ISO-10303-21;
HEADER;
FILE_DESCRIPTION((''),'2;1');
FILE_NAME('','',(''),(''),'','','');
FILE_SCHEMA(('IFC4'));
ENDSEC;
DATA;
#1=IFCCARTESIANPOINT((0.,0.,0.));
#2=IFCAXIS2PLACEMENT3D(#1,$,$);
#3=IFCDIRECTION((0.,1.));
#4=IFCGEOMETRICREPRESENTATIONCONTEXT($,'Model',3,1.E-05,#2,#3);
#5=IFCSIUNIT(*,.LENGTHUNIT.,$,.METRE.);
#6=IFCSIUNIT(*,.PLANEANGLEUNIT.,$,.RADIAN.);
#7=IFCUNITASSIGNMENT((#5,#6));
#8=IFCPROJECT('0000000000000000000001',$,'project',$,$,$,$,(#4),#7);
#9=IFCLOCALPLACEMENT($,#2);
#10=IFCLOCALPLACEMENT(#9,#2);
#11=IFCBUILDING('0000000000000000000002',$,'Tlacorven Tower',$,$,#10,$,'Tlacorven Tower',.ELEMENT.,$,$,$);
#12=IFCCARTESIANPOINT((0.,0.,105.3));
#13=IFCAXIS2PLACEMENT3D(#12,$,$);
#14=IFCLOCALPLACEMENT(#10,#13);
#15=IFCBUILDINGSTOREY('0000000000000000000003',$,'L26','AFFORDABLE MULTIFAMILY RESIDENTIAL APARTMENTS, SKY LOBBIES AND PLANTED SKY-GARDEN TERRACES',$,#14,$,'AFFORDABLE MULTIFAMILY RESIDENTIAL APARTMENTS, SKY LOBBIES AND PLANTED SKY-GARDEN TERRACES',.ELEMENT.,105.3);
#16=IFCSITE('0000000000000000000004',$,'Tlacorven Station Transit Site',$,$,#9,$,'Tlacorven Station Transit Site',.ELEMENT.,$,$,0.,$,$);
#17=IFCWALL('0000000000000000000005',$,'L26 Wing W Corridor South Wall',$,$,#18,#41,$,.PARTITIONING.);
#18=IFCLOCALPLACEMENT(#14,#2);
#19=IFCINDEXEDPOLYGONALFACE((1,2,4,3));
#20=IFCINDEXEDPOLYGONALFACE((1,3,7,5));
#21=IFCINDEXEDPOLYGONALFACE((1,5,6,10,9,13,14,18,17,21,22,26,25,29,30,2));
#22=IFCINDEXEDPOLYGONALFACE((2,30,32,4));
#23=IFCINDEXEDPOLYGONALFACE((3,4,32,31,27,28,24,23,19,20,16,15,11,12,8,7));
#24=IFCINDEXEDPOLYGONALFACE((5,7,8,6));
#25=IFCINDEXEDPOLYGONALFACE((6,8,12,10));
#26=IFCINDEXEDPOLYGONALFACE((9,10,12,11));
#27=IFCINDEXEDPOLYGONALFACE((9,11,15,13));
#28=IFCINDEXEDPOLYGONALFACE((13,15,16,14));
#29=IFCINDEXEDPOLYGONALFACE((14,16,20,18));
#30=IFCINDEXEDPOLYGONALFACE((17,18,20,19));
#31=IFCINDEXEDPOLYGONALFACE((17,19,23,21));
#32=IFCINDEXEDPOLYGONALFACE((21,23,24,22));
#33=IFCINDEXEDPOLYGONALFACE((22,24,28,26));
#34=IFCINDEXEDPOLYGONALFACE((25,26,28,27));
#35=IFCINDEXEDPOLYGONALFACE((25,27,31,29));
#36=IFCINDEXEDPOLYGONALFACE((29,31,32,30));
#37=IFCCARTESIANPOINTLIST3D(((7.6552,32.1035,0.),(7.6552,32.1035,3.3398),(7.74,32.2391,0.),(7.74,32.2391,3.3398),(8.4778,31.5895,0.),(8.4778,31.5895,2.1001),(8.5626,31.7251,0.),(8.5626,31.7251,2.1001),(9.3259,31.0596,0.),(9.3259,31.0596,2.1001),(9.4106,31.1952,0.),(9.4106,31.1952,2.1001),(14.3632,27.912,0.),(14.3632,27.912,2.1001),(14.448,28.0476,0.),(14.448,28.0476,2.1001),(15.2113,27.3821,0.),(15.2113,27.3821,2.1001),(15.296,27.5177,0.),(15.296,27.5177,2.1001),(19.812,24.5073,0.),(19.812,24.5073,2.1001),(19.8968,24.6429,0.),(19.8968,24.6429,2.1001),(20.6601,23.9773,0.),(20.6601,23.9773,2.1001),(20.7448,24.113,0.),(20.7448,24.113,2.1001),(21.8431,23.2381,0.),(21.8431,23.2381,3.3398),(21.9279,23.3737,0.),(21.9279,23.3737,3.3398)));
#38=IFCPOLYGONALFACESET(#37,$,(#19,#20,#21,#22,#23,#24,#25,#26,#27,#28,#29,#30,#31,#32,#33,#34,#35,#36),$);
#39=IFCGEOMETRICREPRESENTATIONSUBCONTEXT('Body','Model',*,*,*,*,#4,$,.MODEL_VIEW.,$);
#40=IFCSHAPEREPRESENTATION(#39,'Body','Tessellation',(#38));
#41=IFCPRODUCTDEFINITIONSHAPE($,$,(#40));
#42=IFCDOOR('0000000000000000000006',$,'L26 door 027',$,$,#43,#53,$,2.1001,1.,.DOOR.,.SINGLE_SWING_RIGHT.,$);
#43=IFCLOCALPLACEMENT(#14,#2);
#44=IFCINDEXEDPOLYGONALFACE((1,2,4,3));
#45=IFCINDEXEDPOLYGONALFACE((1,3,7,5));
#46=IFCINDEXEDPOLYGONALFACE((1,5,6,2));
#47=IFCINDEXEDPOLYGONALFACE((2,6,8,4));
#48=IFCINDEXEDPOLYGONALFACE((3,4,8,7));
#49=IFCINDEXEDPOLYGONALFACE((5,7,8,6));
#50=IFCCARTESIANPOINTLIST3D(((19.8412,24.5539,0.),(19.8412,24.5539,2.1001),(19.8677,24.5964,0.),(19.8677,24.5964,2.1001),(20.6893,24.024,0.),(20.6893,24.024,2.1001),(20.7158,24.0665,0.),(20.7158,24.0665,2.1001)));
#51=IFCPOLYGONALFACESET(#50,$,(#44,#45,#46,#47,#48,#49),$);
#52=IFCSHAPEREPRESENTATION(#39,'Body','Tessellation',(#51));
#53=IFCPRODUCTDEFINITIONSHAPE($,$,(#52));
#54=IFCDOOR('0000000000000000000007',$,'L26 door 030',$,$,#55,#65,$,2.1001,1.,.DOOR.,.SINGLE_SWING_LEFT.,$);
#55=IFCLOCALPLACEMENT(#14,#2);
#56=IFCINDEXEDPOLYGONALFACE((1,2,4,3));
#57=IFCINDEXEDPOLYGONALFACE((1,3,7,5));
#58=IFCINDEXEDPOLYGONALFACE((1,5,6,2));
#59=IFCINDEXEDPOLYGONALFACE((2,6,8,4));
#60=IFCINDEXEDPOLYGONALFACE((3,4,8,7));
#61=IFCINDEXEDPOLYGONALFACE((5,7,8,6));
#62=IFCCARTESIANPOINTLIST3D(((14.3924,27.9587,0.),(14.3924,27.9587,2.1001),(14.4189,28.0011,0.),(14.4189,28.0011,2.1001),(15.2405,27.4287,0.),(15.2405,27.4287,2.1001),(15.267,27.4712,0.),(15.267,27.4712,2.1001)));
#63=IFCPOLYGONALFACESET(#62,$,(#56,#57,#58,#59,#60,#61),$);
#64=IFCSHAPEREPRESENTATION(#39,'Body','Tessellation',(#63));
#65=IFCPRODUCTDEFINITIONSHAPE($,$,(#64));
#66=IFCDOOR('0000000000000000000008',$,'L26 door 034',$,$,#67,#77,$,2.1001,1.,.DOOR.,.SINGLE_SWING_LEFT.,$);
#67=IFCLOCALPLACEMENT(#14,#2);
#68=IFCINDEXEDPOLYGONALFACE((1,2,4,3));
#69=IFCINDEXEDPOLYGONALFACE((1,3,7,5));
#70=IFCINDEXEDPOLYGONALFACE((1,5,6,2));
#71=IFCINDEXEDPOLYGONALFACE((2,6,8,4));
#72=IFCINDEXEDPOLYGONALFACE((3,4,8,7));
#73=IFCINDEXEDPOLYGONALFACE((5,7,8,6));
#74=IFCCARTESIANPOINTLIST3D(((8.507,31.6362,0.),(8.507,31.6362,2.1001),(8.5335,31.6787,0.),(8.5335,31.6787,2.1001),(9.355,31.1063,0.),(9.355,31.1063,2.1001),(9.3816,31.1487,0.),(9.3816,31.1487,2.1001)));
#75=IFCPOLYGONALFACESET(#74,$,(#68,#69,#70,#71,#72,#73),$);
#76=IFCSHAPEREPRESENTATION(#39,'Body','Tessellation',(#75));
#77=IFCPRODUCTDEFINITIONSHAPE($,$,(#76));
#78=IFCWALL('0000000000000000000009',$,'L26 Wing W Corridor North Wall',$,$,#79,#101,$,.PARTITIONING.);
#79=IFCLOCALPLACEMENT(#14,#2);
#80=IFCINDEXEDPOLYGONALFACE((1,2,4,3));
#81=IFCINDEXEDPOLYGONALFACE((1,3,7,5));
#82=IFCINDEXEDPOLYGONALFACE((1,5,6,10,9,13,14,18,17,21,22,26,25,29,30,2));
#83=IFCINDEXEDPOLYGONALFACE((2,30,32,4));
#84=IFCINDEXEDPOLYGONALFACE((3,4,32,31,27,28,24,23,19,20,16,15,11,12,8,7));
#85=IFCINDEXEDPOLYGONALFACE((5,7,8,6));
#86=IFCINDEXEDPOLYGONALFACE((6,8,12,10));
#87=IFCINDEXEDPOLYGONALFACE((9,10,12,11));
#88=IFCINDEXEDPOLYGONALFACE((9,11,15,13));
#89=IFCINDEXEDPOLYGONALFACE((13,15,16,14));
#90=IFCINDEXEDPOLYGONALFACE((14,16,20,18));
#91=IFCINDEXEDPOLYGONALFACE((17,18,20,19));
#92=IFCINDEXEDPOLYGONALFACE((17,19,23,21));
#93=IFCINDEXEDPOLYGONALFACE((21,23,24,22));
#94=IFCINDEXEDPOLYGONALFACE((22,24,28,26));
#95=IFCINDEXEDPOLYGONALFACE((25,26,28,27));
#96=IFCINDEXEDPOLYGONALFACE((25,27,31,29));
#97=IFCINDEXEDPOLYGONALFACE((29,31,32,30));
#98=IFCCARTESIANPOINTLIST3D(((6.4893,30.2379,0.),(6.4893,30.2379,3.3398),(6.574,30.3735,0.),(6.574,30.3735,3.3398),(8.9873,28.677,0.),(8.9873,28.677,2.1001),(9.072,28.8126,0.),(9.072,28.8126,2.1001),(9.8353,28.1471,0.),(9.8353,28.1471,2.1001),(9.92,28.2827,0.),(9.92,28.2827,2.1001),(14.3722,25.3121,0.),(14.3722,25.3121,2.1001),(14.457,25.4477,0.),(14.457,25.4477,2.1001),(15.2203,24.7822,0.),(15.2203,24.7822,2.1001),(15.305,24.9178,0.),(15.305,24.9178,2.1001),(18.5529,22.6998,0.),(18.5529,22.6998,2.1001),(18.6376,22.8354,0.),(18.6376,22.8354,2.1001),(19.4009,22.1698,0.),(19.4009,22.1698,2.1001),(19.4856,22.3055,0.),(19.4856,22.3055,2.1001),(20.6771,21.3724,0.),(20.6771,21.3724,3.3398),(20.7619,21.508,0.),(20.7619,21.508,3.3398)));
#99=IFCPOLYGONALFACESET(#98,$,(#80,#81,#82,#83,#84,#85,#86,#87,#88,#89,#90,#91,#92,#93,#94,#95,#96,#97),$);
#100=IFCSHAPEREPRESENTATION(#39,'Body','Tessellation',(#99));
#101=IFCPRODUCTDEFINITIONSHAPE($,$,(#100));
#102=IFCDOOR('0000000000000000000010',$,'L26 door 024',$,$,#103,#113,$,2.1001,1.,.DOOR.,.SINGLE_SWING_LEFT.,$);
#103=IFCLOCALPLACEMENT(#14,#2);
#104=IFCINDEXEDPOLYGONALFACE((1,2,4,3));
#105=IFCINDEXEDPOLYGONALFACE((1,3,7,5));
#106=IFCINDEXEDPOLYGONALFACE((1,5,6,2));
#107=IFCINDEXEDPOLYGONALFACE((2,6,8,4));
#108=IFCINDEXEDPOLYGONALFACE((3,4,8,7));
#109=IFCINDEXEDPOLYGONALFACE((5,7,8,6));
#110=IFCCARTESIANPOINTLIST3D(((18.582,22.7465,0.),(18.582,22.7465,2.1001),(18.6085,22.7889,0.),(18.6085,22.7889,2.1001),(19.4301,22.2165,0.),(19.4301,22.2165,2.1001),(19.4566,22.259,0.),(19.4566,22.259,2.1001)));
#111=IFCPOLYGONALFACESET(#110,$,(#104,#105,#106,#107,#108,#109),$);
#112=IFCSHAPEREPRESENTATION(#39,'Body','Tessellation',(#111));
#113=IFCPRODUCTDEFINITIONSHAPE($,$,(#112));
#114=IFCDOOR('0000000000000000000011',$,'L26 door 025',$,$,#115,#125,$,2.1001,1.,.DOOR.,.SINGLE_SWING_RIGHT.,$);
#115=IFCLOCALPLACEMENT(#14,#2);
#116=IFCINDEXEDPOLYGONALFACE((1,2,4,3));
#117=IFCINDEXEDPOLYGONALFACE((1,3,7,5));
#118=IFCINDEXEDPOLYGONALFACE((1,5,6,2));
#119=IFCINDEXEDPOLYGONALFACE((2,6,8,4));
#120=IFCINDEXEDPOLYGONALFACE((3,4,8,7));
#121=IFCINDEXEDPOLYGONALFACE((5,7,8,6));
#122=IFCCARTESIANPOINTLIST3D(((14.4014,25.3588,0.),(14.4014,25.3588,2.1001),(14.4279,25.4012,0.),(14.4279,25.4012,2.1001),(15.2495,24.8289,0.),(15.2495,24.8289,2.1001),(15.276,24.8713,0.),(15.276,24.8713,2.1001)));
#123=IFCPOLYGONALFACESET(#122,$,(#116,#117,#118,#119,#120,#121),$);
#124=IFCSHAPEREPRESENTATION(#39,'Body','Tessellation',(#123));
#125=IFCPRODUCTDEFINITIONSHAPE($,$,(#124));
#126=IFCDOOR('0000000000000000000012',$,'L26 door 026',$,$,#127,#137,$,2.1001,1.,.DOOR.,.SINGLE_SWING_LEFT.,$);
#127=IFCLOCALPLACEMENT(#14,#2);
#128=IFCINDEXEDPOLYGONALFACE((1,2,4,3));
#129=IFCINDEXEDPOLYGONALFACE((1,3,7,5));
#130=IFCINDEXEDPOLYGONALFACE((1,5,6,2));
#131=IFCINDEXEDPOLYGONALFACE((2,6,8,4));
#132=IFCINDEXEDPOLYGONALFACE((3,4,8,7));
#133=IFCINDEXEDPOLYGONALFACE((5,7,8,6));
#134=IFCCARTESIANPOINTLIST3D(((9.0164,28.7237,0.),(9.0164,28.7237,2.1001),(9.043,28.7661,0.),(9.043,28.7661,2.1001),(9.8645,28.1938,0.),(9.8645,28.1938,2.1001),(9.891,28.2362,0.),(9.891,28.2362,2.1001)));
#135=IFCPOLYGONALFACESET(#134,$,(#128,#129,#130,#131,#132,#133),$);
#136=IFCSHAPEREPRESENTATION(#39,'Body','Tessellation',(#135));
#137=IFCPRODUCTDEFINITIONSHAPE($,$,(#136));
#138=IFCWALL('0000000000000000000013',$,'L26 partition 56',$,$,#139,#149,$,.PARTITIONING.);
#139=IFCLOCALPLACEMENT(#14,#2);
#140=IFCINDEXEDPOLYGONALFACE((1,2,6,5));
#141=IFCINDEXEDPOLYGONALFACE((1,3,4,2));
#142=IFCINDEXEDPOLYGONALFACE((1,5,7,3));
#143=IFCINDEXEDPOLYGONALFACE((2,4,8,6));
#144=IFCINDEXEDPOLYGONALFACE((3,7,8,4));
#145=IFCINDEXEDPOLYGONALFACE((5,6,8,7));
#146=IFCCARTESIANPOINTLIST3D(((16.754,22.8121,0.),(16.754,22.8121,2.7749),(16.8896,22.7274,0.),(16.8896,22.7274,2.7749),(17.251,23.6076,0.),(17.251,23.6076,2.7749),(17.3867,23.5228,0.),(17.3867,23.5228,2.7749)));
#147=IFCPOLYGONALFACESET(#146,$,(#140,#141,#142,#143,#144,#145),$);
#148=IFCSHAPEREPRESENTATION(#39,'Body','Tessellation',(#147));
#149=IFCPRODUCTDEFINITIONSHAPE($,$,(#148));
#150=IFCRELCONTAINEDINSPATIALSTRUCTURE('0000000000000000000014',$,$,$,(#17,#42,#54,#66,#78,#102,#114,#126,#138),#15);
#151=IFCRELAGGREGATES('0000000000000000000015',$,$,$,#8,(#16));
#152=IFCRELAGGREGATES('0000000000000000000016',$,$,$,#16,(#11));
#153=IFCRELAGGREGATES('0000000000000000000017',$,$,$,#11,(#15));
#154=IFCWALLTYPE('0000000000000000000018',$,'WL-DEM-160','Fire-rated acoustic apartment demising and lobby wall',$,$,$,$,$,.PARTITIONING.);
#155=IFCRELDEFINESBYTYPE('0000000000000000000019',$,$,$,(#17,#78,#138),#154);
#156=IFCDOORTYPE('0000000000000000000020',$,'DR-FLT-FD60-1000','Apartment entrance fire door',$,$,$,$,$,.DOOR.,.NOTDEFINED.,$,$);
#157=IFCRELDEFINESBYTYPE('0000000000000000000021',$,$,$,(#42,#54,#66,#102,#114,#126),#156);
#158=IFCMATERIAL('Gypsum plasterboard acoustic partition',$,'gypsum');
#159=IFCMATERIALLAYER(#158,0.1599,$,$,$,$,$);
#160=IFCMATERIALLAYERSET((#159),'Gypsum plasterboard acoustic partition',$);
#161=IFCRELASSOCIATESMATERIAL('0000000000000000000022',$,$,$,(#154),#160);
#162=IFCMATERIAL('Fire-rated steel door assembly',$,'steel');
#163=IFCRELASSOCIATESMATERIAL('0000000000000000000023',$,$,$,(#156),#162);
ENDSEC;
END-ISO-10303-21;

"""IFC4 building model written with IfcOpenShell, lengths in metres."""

from ifc_helpers import new_model, si_unit, direction, frame, frame_2d, origin, place, context, subcontext, project, spatial, rectangle, extrude, source, transform, mapped, material, layer, layer_set, type_object, element, fill, save


model = new_model("IFC4")

# Units and contexts
model_context = context("Model", 3, precision=1e-05, world=origin(), true_north=direction((0.0, 1.0)))
body_context = subcontext(model_context, "Body", "Model", "MODEL_VIEW")
ifc_project = project(units=[si_unit("LENGTHUNIT", "METRE"), si_unit("PLANEANGLEUNIT", "RADIAN")], contexts=[model_context])

# Site, building, storey
site_placement = place(None, origin())
site = spatial("IfcSite", under=ifc_project, at=site_placement, Name="Tlacorven Station Transit Site", LongName="Tlacorven Station Transit Site", CompositionType="ELEMENT", RefElevation=0.0)
building_placement = place(site_placement, origin())
building = spatial("IfcBuilding", under=site, at=building_placement, Name="Tlacorven Tower", LongName="Tlacorven Tower", CompositionType="ELEMENT")
storey_placement = place(building_placement, frame((0.0, 0.0, 105.3)))
storey = spatial("IfcBuildingStorey", under=building, at=storey_placement, Name="L26", Description="AFFORDABLE MULTIFAMILY RESIDENTIAL APARTMENTS, SKY LOBBIES AND PLANTED SKY-GARDEN TERRACES", LongName="AFFORDABLE MULTIFAMILY RESIDENTIAL APARTMENTS, SKY LOBBIES AND PLANTED SKY-GARDEN TERRACES", CompositionType="ELEMENT", Elevation=105.3)

# Shared definitions
ifc_material_1 = material(Name="Gypsum plasterboard acoustic partition", Category="gypsum")
ifc_layer_1 = layer(ifc_material_1, 0.1599)
ifc_layer_set_1 = layer_set([ifc_layer_1], Name="Gypsum plasterboard acoustic partition")
wall_type = type_object("IfcWallType", Name="WL-DEM-160", Description="Fire-rated acoustic apartment demising and lobby wall", PredefinedType="PARTITIONING", material=ifc_layer_set_1)

# Walls, openings, doors
wall_1_placement = place(storey_placement, frame((21.8855, 23.3059, 0.0), z_axis=(0.0, 0.0, 1.0), x_axis=(-0.848052, 0.529912, 0.0)))
wall_1 = element("IfcWall", 1, at=wall_1_placement, inside=storey, type_object=wall_type, Name="L26 Wing W Corridor South Wall", PredefinedType="PARTITIONING", context=body_context, shape_type="SweptSolid", body=[
    extrude(rectangle(XDim=16.73, YDim=0.1599, at=frame_2d((8.365, 0.0))), origin(), (0.0, 0.0, 1.0), 3.3398),
])
opening_1_placement = place(wall_1_placement, frame((1.395, 0.0, 0.0)))
opening_1 = element("IfcOpeningElement", 2, at=opening_1_placement, cuts=wall_1, PredefinedType="OPENING", context=body_context, shape_type="SweptSolid", body=[
    extrude(rectangle(XDim=1.0, YDim=2.1001, at=frame_2d((0.5, 1.05))), frame((0.0, 0.0898, 0.0), z_axis=(0.0, -1.0, 0.0), x_axis=(1.0, 0.0, 0.0)), (0.0, 0.0, 1.0), 0.1799),
])
opening_2_placement = place(wall_1_placement, frame((7.8201, 0.0, 0.0)))
opening_2 = element("IfcOpeningElement", 3, at=opening_2_placement, cuts=wall_1, PredefinedType="OPENING", context=body_context, shape_type="SweptSolid", body=[
    extrude(rectangle(XDim=1.0, YDim=2.1001, at=frame_2d((0.5, 1.05))), frame((0.0, 0.0898, 0.0), z_axis=(0.0, -1.0, 0.0), x_axis=(1.0, 0.0, 0.0)), (0.0, 0.0, 1.0), 0.1799),
])
opening_3_placement = place(wall_1_placement, frame((14.76, 0.0, 0.0)))
opening_3 = element("IfcOpeningElement", 4, at=opening_3_placement, cuts=wall_1, PredefinedType="OPENING", context=body_context, shape_type="SweptSolid", body=[
    extrude(rectangle(XDim=1.0, YDim=2.1001, at=frame_2d((0.5, 1.05))), frame((0.0, 0.0898, 0.0), z_axis=(0.0, -1.0, 0.0), x_axis=(1.0, 0.0, 0.0)), (0.0, 0.0, 1.0), 0.1799),
])
ifc_material_2 = material(Name="Fire-rated steel door assembly", Category="steel")
door_type = type_object("IfcDoorType", Name="DR-FLT-FD60-1000", Description="Apartment entrance fire door", OperationType="NOTDEFINED", PredefinedType="DOOR", material=ifc_material_2)
shared_shape_1 = source(origin(), body_context, "Body", "SweptSolid", [
    extrude(rectangle(XDim=1.0, YDim=2.1001, at=frame_2d((0.5, 1.05))), frame((0.0, 0.0249, 0.0), z_axis=(0.0, -1.0, 0.0), x_axis=(1.0, 0.0, 0.0)), (0.0, 0.0, 1.0), 0.05),
])
door_1_placement = place(opening_1_placement, origin())
door_1 = element("IfcDoor", 5, at=door_1_placement, inside=storey, type_object=door_type, Name="L26 door 027", OperationType="SINGLE_SWING_RIGHT", OverallHeight=2.1001, OverallWidth=1.0, PredefinedType="DOOR", context=body_context, shape_type="MappedRepresentation", body=[
    mapped(shared_shape_1, transform((0.0, 0.0, 0.0), scale=1.0)),
])
fill(opening_1, door_1)
door_2_placement = place(opening_2_placement, origin())
door_2 = element("IfcDoor", 6, at=door_2_placement, inside=storey, type_object=door_type, Name="L26 door 030", OperationType="SINGLE_SWING_LEFT", OverallHeight=2.1001, OverallWidth=1.0, PredefinedType="DOOR", context=body_context, shape_type="MappedRepresentation", body=[
    mapped(shared_shape_1, transform((0.0, 0.0, 0.0), scale=1.0)),
])
fill(opening_2, door_2)
door_3_placement = place(opening_3_placement, origin())
door_3 = element("IfcDoor", 7, at=door_3_placement, inside=storey, type_object=door_type, Name="L26 door 034", OperationType="SINGLE_SWING_LEFT", OverallHeight=2.1001, OverallWidth=1.0, PredefinedType="DOOR", context=body_context, shape_type="MappedRepresentation", body=[
    mapped(shared_shape_1, transform((0.0, 0.0, 0.0), scale=1.0)),
])
fill(opening_3, door_3)
wall_2_placement = place(storey_placement, frame((20.7195, 21.4402, 0.0), z_axis=(0.0, 0.0, 1.0), x_axis=(-0.848048, 0.529919, 0.0)))
wall_2 = element("IfcWall", 8, at=wall_2_placement, inside=storey, type_object=wall_type, Name="L26 Wing W Corridor North Wall", PredefinedType="PARTITIONING", context=body_context, shape_type="SweptSolid", body=[
    extrude(rectangle(XDim=16.73, YDim=0.1599, at=frame_2d((8.365, 0.0))), origin(), (0.0, 0.0, 1.0), 3.3398),
])
opening_4_placement = place(wall_2_placement, frame((1.5049, 0.0, 0.0)))
opening_4 = element("IfcOpeningElement", 9, at=opening_4_placement, cuts=wall_2, PredefinedType="OPENING", context=body_context, shape_type="SweptSolid", body=[
    extrude(rectangle(XDim=1.0, YDim=2.1001, at=frame_2d((0.5, 1.05))), frame((0.0, 0.0898, 0.0), z_axis=(0.0, -1.0, 0.0), x_axis=(1.0, 0.0, 0.0)), (0.0, 0.0, 1.0), 0.1799),
])
opening_5_placement = place(wall_2_placement, frame((6.4346, 0.0, 0.0)))
opening_5 = element("IfcOpeningElement", 10, at=opening_5_placement, cuts=wall_2, PredefinedType="OPENING", context=body_context, shape_type="SweptSolid", body=[
    extrude(rectangle(XDim=1.0, YDim=2.1001, at=frame_2d((0.5, 1.05))), frame((0.0, 0.0898, 0.0), z_axis=(0.0, -1.0, 0.0), x_axis=(1.0, 0.0, 0.0)), (0.0, 0.0, 1.0), 0.1799),
])
opening_6_placement = place(wall_2_placement, frame((12.7844, 0.0, 0.0)))
opening_6 = element("IfcOpeningElement", 11, at=opening_6_placement, cuts=wall_2, PredefinedType="OPENING", context=body_context, shape_type="SweptSolid", body=[
    extrude(rectangle(XDim=1.0, YDim=2.1001, at=frame_2d((0.5, 1.05))), frame((0.0, 0.0898, 0.0), z_axis=(0.0, -1.0, 0.0), x_axis=(1.0, 0.0, 0.0)), (0.0, 0.0, 1.0), 0.1799),
])
door_4_placement = place(opening_4_placement, origin())
door_4 = element("IfcDoor", 12, at=door_4_placement, inside=storey, type_object=door_type, Name="L26 door 024", OperationType="SINGLE_SWING_LEFT", OverallHeight=2.1001, OverallWidth=1.0, PredefinedType="DOOR", context=body_context, shape_type="MappedRepresentation", body=[
    mapped(shared_shape_1, transform((0.0, 0.0, 0.0), scale=1.0)),
])
fill(opening_4, door_4)
door_5_placement = place(opening_5_placement, origin())
door_5 = element("IfcDoor", 13, at=door_5_placement, inside=storey, type_object=door_type, Name="L26 door 025", OperationType="SINGLE_SWING_RIGHT", OverallHeight=2.1001, OverallWidth=1.0, PredefinedType="DOOR", context=body_context, shape_type="MappedRepresentation", body=[
    mapped(shared_shape_1, transform((0.0, 0.0, 0.0), scale=1.0)),
])
fill(opening_5, door_5)
door_6_placement = place(opening_6_placement, origin())
door_6 = element("IfcDoor", 14, at=door_6_placement, inside=storey, type_object=door_type, Name="L26 door 026", OperationType="SINGLE_SWING_LEFT", OverallHeight=2.1001, OverallWidth=1.0, PredefinedType="DOOR", context=body_context, shape_type="MappedRepresentation", body=[
    mapped(shared_shape_1, transform((0.0, 0.0, 0.0), scale=1.0)),
])
fill(opening_6, door_6)

# Wall
wall_3_placement = place(storey_placement, frame((17.3188, 23.5652, 0.0), z_axis=(0.0, 0.0, 1.0), x_axis=(-0.529952, -0.848028, 0.0)))
element("IfcWall", 15, at=wall_3_placement, inside=storey, type_object=wall_type, Name="L26 partition 56", PredefinedType="PARTITIONING", context=body_context, shape_type="SweptSolid", body=[
    extrude(rectangle(XDim=0.938, YDim=0.1599, at=frame_2d((0.469, 0.0))), origin(), (0.0, 0.0, 1.0), 2.7749),
])

save(model, "model.ifc")
